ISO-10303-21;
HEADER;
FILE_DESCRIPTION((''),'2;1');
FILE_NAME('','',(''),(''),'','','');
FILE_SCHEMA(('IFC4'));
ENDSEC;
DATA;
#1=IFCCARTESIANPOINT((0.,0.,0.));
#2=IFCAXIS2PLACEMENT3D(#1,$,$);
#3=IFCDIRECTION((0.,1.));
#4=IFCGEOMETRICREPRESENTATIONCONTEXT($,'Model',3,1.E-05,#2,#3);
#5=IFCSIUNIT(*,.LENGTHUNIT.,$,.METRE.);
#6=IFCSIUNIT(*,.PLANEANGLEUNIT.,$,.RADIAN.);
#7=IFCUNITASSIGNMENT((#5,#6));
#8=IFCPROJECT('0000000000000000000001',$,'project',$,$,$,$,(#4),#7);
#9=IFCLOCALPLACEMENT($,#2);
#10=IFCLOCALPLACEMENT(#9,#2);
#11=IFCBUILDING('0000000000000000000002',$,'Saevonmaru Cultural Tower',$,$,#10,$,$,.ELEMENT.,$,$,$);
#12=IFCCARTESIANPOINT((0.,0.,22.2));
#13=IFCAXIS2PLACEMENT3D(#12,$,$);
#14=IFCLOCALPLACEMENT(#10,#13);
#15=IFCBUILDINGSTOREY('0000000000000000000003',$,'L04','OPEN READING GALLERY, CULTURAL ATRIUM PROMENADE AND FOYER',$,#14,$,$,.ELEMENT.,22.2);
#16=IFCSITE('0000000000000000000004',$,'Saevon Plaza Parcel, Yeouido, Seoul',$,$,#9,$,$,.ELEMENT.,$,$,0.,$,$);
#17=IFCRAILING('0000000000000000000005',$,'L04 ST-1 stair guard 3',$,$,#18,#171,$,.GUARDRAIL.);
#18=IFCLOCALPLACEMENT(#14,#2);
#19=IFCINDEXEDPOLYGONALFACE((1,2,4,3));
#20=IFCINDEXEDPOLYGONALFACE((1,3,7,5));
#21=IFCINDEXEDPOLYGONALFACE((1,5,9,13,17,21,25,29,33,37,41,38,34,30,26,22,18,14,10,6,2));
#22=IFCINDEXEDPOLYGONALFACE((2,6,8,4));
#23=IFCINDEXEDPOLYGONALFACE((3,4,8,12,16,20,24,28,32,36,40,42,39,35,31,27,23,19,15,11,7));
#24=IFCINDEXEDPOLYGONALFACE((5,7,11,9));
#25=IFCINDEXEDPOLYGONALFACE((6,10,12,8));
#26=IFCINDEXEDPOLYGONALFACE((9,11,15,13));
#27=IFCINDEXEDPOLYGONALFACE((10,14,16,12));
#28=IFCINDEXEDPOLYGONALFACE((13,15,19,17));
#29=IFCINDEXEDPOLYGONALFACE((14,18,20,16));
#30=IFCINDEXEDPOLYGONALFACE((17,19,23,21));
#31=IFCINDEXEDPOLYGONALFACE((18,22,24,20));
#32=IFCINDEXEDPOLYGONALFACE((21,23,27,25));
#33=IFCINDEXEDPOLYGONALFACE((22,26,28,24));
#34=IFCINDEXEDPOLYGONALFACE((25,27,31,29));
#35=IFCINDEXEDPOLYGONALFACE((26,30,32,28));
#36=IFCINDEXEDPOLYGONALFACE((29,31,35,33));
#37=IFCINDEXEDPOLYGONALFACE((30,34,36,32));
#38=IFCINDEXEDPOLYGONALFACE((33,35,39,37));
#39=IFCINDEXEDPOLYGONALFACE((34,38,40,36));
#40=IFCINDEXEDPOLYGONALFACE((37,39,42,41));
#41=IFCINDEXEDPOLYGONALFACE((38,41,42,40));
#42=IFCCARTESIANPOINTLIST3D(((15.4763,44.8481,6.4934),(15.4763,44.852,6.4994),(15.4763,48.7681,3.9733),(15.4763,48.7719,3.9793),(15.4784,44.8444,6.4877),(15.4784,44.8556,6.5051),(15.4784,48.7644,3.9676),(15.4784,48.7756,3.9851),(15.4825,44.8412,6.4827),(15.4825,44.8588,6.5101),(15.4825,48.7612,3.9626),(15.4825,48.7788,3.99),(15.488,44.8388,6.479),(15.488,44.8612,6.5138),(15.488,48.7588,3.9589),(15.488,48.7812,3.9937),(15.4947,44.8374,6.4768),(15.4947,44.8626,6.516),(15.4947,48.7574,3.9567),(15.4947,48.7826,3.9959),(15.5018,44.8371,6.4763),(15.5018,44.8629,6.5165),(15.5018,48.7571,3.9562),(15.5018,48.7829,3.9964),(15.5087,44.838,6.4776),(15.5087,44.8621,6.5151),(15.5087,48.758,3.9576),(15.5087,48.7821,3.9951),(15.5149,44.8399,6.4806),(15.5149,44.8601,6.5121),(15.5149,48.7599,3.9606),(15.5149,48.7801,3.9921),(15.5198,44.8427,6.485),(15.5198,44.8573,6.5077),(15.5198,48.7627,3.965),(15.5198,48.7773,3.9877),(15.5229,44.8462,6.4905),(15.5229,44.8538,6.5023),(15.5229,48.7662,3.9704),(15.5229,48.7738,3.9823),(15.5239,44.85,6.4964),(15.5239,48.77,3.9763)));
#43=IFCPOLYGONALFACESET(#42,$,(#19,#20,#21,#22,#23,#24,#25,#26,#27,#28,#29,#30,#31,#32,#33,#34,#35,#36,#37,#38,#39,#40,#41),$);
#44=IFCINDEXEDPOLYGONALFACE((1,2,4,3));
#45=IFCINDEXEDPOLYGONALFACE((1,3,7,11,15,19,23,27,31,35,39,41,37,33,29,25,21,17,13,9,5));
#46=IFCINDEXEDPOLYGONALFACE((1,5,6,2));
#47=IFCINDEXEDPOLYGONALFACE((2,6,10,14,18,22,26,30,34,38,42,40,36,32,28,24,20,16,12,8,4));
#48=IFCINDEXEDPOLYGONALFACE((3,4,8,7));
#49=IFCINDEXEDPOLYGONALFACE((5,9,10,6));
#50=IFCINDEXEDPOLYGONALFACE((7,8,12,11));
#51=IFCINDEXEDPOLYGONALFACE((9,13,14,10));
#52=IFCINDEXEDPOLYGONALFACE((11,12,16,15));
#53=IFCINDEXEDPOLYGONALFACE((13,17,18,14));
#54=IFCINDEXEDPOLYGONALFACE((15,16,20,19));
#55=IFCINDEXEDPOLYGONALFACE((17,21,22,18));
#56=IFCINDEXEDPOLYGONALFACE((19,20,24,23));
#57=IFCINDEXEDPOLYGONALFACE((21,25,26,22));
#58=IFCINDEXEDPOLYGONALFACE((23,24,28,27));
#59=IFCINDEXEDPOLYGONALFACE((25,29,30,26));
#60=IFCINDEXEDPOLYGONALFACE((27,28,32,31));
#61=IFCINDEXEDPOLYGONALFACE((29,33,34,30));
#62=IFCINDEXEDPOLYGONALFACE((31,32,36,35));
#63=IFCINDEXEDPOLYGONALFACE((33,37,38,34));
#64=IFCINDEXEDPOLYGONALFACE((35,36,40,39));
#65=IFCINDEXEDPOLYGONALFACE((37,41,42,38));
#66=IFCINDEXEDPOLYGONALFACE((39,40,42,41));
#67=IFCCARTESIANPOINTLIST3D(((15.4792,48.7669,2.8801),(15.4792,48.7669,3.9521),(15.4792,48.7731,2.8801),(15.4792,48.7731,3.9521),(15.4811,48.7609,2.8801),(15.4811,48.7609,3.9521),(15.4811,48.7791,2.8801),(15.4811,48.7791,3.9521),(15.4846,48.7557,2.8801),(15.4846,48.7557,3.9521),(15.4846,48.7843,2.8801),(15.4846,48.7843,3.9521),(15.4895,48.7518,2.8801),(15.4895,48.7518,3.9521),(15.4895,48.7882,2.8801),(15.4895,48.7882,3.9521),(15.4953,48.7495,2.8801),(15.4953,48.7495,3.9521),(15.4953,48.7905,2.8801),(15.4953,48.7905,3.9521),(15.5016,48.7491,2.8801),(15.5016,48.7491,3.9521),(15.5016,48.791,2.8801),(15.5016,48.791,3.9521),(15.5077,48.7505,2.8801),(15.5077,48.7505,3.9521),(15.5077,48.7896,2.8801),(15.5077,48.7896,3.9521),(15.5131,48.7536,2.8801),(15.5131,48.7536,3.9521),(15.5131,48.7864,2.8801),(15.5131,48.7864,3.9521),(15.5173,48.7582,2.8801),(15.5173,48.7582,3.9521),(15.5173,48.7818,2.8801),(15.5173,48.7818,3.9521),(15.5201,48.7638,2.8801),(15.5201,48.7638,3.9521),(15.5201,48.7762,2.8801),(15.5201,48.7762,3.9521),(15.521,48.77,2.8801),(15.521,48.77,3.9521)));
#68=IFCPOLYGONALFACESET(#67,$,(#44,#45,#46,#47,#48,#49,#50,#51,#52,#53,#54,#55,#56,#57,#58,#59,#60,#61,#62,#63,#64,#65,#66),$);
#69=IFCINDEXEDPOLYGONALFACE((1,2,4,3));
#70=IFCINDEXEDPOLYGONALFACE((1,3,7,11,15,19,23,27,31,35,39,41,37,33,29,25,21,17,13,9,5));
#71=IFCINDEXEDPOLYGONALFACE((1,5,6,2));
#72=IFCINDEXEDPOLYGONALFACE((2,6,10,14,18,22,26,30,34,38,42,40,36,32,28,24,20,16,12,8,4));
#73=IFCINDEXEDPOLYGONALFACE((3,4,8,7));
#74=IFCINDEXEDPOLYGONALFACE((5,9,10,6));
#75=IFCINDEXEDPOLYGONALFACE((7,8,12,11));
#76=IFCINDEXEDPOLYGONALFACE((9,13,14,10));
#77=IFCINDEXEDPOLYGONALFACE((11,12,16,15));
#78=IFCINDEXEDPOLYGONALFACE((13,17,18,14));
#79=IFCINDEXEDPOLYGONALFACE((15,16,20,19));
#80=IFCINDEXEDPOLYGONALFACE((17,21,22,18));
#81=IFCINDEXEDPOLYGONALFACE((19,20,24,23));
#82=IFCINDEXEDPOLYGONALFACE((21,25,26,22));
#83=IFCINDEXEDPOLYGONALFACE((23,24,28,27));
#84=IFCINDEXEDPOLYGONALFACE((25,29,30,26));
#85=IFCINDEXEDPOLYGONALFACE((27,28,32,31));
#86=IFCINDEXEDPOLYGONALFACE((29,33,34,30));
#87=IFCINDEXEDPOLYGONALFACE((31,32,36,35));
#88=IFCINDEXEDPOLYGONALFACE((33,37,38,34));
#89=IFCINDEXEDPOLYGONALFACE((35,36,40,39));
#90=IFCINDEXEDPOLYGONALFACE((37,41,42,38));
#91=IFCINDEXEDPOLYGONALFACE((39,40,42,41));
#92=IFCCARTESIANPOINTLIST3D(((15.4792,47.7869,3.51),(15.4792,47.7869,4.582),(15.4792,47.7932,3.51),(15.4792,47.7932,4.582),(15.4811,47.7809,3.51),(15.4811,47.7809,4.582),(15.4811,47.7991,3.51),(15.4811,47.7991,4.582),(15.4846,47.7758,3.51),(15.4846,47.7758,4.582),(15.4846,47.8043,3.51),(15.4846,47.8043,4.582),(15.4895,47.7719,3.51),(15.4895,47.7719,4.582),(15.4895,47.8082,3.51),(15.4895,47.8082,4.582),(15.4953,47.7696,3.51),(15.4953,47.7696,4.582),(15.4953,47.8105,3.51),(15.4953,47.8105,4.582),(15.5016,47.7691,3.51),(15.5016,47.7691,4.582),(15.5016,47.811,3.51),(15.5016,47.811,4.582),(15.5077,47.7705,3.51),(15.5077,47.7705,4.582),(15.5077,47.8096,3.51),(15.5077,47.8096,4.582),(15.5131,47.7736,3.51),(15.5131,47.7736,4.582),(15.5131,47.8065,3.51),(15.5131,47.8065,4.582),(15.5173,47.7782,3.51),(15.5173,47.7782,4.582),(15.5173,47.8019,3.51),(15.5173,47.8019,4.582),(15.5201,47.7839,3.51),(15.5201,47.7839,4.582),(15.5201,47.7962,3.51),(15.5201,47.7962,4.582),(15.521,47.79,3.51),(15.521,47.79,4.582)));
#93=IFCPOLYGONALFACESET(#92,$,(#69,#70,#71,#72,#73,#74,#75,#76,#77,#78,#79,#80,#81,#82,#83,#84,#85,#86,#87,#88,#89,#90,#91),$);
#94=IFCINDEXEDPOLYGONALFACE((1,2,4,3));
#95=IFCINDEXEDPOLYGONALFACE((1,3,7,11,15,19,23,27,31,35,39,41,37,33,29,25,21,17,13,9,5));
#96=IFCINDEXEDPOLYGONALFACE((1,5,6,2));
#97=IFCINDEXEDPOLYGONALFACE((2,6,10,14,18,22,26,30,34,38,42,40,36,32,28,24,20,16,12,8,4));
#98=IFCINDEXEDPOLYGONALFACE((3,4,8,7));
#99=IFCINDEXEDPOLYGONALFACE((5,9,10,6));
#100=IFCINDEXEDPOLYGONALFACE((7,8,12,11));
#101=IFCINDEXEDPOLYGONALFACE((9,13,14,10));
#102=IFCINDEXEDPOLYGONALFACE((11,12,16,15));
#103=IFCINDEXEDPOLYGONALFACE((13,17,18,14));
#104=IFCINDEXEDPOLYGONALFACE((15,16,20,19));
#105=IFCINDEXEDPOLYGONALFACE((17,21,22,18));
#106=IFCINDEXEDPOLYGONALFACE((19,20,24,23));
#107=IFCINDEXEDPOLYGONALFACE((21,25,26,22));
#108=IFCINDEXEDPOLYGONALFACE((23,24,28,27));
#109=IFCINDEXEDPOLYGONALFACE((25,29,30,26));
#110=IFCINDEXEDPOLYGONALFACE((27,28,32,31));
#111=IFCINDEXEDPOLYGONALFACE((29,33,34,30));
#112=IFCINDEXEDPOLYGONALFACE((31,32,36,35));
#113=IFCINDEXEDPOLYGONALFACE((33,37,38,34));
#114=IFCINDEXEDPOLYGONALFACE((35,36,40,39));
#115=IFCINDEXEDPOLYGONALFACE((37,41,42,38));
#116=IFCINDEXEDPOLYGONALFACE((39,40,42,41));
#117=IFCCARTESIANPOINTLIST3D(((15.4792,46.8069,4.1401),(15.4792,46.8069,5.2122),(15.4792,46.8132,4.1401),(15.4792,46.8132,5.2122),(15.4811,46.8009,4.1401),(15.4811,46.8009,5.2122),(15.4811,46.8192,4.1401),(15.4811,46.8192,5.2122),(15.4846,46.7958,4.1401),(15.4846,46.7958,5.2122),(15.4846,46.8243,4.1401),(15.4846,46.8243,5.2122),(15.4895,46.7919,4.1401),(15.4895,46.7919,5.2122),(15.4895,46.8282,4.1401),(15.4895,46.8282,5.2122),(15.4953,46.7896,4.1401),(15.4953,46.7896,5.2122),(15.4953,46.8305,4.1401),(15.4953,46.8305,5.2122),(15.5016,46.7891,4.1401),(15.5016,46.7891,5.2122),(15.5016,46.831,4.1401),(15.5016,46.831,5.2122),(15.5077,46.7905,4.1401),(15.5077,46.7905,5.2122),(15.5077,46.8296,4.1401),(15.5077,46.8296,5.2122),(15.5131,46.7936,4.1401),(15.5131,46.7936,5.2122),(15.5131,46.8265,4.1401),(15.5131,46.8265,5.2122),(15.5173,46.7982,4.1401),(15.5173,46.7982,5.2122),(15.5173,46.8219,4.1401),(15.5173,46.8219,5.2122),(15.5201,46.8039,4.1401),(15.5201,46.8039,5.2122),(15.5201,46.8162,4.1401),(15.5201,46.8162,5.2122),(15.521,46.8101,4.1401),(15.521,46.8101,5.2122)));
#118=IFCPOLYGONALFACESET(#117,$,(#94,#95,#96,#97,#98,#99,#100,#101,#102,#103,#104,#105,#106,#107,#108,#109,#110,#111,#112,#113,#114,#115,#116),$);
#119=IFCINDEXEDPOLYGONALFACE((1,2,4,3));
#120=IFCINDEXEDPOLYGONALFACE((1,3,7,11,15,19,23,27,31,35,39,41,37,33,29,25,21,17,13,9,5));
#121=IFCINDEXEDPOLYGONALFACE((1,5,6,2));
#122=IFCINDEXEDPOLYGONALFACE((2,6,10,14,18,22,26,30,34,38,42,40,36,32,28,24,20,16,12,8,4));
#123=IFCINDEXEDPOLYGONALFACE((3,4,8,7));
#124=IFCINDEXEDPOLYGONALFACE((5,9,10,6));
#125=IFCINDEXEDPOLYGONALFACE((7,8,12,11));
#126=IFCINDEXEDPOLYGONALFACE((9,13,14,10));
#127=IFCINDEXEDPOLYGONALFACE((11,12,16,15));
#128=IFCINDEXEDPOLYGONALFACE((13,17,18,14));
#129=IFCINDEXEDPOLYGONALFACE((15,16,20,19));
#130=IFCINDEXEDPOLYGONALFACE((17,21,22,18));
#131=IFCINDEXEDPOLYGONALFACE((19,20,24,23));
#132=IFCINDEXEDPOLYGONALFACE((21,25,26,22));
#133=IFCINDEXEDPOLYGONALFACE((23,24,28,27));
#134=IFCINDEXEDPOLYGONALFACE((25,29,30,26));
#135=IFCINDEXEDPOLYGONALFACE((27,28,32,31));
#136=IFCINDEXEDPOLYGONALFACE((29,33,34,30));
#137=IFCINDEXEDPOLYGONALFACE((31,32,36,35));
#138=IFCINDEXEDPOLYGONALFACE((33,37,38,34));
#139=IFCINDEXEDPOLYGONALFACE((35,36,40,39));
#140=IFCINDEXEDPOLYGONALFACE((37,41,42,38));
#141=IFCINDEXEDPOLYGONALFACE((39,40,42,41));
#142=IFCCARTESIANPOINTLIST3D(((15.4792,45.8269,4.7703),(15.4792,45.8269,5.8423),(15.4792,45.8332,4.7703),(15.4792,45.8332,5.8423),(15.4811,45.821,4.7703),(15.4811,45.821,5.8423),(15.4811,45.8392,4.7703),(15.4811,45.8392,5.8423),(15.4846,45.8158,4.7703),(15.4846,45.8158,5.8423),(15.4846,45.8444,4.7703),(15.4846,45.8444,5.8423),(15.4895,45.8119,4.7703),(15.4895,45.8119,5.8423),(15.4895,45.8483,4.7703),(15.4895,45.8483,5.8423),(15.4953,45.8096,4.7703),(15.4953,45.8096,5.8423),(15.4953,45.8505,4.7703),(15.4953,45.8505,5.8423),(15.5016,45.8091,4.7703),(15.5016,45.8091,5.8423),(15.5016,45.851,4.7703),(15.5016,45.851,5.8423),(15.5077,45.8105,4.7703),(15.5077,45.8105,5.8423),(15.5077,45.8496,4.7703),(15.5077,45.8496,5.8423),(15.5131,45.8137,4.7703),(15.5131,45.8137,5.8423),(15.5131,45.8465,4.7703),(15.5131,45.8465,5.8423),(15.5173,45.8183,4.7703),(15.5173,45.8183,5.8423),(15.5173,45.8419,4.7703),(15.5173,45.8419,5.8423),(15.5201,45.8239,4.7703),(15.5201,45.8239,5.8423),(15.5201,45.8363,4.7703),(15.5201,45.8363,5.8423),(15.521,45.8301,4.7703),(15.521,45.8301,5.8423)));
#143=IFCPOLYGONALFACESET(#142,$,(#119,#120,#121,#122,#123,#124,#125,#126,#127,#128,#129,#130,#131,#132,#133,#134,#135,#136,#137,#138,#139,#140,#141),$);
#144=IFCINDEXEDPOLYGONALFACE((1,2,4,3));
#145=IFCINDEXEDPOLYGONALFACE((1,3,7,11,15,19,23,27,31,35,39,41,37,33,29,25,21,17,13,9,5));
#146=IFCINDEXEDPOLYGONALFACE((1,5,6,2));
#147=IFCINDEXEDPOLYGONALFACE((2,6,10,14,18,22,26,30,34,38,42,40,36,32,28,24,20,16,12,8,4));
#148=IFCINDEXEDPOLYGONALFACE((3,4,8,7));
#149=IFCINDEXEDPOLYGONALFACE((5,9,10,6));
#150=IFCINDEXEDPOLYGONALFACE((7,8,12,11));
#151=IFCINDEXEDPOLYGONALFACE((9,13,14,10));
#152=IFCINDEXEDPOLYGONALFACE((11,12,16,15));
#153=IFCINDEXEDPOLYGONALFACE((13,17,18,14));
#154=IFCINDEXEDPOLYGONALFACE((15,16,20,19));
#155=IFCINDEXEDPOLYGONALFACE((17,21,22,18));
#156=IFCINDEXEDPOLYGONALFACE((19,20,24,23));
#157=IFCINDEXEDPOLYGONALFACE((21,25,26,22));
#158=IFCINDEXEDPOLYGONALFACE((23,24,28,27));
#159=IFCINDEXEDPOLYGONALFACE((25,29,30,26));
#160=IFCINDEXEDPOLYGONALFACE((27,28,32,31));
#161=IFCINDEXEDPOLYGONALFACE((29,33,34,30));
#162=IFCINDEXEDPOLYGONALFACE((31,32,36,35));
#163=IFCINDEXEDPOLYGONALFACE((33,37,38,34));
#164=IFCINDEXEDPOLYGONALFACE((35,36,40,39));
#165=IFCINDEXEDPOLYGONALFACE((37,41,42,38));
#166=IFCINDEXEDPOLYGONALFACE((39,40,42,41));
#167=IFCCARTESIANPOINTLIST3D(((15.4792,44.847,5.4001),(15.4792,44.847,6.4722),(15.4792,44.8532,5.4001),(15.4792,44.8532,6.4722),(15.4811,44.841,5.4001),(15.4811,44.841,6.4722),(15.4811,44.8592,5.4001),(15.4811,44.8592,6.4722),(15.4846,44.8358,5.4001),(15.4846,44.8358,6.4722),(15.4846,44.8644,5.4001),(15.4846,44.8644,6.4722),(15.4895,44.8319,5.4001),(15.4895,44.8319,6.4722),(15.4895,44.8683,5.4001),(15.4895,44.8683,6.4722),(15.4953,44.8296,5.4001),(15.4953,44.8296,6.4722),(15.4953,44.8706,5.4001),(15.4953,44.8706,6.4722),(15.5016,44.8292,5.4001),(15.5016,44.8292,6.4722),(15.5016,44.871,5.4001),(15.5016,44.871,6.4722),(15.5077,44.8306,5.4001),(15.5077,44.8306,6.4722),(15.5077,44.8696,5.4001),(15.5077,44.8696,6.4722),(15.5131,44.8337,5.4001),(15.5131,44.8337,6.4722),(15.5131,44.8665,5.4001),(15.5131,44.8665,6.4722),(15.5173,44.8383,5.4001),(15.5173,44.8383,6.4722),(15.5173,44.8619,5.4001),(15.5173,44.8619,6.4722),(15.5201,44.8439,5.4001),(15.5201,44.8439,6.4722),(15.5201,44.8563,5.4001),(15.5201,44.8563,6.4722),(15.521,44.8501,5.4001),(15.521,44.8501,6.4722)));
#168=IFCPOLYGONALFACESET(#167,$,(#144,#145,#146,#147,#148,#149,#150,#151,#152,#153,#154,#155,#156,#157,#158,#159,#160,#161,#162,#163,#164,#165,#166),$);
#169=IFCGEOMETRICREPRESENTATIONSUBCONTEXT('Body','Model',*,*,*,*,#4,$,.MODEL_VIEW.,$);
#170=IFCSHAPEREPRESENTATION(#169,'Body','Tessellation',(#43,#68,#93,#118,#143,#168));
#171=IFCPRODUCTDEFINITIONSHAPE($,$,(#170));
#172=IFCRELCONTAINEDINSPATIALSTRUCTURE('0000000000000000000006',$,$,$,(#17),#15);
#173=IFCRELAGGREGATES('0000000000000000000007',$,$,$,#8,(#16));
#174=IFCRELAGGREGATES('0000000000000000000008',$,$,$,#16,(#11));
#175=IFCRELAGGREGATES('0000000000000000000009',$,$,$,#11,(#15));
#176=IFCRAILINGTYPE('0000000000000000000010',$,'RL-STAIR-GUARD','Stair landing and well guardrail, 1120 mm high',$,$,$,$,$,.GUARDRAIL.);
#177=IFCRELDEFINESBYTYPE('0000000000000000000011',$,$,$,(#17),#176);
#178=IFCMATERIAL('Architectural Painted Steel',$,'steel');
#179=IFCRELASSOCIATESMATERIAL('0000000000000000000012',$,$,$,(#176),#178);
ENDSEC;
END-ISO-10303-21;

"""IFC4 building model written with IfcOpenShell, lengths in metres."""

from ifc_helpers import new_model, si_unit, direction, frame, origin, origin_2d, place, context, subcontext, project, spatial, circle, extrude, material, type_object, element, save


model = new_model("IFC4")

# Units and contexts
model_context = context("Model", 3, precision=1e-05, world=origin(), true_north=direction((0.0, 1.0)))
body_context = subcontext(model_context, "Body", "Model", "MODEL_VIEW")
ifc_project = project(units=[si_unit("LENGTHUNIT", "METRE"), si_unit("PLANEANGLEUNIT", "RADIAN")], contexts=[model_context])

# Site, building, storey
site_placement = place(None, origin())
site = spatial("IfcSite", under=ifc_project, at=site_placement, Name="Saevon Plaza Parcel, Yeouido, Seoul", CompositionType="ELEMENT", RefElevation=0.0)
building_placement = place(site_placement, origin())
building = spatial("IfcBuilding", under=site, at=building_placement, Name="Saevonmaru Cultural Tower", CompositionType="ELEMENT")
storey_placement = place(building_placement, frame((0.0, 0.0, 22.2)))
storey = spatial("IfcBuildingStorey", under=building, at=storey_placement, Name="L04", Description="OPEN READING GALLERY, CULTURAL ATRIUM PROMENADE AND FOYER", CompositionType="ELEMENT", Elevation=22.2)

# Railing
ifc_material_1 = material(Name="Architectural Painted Steel", Category="steel")
railing_type_1 = type_object("IfcRailingType", Name="RL-STAIR-GUARD", Description="Stair landing and well guardrail, 1120 mm high", PredefinedType="GUARDRAIL", material=ifc_material_1)
railing_1_placement = place(storey_placement, frame((15.5, 48.77, 2.8801)))
element("IfcRailing", 1, at=railing_1_placement, inside=storey, type_object=railing_type_1, Name="L04 ST-1 stair guard 3", PredefinedType="GUARDRAIL", context=body_context, shape_type="SweptSolid", body=[
    extrude(circle(Radius=0.0239, at=origin_2d()), frame((0.0, 0.0, 1.0962), z_axis=(0.0, -0.841172, 0.540768), x_axis=(1.0, 0.0, 0.0)), (0.0, 0.0, 1.0), 4.6602),
    extrude(circle(Radius=0.021, at=origin_2d()), origin(), (0.0, 0.0, 1.0), 1.072),
    extrude(circle(Radius=0.021, at=origin_2d()), frame((0.0, -0.98, 0.6299)), (0.0, 0.0, 1.0), 1.072),
    extrude(circle(Radius=0.021, at=origin_2d()), frame((0.0, -1.96, 1.26)), (0.0, 0.0, 1.0), 1.072),
    extrude(circle(Radius=0.021, at=origin_2d()), frame((0.0, -2.9399, 1.8901)), (0.0, 0.0, 1.0), 1.072),
    extrude(circle(Radius=0.021, at=origin_2d()), frame((0.0, -3.9199, 2.52)), (0.0, 0.0, 1.0), 1.072),
])

save(model, "model.ifc")
